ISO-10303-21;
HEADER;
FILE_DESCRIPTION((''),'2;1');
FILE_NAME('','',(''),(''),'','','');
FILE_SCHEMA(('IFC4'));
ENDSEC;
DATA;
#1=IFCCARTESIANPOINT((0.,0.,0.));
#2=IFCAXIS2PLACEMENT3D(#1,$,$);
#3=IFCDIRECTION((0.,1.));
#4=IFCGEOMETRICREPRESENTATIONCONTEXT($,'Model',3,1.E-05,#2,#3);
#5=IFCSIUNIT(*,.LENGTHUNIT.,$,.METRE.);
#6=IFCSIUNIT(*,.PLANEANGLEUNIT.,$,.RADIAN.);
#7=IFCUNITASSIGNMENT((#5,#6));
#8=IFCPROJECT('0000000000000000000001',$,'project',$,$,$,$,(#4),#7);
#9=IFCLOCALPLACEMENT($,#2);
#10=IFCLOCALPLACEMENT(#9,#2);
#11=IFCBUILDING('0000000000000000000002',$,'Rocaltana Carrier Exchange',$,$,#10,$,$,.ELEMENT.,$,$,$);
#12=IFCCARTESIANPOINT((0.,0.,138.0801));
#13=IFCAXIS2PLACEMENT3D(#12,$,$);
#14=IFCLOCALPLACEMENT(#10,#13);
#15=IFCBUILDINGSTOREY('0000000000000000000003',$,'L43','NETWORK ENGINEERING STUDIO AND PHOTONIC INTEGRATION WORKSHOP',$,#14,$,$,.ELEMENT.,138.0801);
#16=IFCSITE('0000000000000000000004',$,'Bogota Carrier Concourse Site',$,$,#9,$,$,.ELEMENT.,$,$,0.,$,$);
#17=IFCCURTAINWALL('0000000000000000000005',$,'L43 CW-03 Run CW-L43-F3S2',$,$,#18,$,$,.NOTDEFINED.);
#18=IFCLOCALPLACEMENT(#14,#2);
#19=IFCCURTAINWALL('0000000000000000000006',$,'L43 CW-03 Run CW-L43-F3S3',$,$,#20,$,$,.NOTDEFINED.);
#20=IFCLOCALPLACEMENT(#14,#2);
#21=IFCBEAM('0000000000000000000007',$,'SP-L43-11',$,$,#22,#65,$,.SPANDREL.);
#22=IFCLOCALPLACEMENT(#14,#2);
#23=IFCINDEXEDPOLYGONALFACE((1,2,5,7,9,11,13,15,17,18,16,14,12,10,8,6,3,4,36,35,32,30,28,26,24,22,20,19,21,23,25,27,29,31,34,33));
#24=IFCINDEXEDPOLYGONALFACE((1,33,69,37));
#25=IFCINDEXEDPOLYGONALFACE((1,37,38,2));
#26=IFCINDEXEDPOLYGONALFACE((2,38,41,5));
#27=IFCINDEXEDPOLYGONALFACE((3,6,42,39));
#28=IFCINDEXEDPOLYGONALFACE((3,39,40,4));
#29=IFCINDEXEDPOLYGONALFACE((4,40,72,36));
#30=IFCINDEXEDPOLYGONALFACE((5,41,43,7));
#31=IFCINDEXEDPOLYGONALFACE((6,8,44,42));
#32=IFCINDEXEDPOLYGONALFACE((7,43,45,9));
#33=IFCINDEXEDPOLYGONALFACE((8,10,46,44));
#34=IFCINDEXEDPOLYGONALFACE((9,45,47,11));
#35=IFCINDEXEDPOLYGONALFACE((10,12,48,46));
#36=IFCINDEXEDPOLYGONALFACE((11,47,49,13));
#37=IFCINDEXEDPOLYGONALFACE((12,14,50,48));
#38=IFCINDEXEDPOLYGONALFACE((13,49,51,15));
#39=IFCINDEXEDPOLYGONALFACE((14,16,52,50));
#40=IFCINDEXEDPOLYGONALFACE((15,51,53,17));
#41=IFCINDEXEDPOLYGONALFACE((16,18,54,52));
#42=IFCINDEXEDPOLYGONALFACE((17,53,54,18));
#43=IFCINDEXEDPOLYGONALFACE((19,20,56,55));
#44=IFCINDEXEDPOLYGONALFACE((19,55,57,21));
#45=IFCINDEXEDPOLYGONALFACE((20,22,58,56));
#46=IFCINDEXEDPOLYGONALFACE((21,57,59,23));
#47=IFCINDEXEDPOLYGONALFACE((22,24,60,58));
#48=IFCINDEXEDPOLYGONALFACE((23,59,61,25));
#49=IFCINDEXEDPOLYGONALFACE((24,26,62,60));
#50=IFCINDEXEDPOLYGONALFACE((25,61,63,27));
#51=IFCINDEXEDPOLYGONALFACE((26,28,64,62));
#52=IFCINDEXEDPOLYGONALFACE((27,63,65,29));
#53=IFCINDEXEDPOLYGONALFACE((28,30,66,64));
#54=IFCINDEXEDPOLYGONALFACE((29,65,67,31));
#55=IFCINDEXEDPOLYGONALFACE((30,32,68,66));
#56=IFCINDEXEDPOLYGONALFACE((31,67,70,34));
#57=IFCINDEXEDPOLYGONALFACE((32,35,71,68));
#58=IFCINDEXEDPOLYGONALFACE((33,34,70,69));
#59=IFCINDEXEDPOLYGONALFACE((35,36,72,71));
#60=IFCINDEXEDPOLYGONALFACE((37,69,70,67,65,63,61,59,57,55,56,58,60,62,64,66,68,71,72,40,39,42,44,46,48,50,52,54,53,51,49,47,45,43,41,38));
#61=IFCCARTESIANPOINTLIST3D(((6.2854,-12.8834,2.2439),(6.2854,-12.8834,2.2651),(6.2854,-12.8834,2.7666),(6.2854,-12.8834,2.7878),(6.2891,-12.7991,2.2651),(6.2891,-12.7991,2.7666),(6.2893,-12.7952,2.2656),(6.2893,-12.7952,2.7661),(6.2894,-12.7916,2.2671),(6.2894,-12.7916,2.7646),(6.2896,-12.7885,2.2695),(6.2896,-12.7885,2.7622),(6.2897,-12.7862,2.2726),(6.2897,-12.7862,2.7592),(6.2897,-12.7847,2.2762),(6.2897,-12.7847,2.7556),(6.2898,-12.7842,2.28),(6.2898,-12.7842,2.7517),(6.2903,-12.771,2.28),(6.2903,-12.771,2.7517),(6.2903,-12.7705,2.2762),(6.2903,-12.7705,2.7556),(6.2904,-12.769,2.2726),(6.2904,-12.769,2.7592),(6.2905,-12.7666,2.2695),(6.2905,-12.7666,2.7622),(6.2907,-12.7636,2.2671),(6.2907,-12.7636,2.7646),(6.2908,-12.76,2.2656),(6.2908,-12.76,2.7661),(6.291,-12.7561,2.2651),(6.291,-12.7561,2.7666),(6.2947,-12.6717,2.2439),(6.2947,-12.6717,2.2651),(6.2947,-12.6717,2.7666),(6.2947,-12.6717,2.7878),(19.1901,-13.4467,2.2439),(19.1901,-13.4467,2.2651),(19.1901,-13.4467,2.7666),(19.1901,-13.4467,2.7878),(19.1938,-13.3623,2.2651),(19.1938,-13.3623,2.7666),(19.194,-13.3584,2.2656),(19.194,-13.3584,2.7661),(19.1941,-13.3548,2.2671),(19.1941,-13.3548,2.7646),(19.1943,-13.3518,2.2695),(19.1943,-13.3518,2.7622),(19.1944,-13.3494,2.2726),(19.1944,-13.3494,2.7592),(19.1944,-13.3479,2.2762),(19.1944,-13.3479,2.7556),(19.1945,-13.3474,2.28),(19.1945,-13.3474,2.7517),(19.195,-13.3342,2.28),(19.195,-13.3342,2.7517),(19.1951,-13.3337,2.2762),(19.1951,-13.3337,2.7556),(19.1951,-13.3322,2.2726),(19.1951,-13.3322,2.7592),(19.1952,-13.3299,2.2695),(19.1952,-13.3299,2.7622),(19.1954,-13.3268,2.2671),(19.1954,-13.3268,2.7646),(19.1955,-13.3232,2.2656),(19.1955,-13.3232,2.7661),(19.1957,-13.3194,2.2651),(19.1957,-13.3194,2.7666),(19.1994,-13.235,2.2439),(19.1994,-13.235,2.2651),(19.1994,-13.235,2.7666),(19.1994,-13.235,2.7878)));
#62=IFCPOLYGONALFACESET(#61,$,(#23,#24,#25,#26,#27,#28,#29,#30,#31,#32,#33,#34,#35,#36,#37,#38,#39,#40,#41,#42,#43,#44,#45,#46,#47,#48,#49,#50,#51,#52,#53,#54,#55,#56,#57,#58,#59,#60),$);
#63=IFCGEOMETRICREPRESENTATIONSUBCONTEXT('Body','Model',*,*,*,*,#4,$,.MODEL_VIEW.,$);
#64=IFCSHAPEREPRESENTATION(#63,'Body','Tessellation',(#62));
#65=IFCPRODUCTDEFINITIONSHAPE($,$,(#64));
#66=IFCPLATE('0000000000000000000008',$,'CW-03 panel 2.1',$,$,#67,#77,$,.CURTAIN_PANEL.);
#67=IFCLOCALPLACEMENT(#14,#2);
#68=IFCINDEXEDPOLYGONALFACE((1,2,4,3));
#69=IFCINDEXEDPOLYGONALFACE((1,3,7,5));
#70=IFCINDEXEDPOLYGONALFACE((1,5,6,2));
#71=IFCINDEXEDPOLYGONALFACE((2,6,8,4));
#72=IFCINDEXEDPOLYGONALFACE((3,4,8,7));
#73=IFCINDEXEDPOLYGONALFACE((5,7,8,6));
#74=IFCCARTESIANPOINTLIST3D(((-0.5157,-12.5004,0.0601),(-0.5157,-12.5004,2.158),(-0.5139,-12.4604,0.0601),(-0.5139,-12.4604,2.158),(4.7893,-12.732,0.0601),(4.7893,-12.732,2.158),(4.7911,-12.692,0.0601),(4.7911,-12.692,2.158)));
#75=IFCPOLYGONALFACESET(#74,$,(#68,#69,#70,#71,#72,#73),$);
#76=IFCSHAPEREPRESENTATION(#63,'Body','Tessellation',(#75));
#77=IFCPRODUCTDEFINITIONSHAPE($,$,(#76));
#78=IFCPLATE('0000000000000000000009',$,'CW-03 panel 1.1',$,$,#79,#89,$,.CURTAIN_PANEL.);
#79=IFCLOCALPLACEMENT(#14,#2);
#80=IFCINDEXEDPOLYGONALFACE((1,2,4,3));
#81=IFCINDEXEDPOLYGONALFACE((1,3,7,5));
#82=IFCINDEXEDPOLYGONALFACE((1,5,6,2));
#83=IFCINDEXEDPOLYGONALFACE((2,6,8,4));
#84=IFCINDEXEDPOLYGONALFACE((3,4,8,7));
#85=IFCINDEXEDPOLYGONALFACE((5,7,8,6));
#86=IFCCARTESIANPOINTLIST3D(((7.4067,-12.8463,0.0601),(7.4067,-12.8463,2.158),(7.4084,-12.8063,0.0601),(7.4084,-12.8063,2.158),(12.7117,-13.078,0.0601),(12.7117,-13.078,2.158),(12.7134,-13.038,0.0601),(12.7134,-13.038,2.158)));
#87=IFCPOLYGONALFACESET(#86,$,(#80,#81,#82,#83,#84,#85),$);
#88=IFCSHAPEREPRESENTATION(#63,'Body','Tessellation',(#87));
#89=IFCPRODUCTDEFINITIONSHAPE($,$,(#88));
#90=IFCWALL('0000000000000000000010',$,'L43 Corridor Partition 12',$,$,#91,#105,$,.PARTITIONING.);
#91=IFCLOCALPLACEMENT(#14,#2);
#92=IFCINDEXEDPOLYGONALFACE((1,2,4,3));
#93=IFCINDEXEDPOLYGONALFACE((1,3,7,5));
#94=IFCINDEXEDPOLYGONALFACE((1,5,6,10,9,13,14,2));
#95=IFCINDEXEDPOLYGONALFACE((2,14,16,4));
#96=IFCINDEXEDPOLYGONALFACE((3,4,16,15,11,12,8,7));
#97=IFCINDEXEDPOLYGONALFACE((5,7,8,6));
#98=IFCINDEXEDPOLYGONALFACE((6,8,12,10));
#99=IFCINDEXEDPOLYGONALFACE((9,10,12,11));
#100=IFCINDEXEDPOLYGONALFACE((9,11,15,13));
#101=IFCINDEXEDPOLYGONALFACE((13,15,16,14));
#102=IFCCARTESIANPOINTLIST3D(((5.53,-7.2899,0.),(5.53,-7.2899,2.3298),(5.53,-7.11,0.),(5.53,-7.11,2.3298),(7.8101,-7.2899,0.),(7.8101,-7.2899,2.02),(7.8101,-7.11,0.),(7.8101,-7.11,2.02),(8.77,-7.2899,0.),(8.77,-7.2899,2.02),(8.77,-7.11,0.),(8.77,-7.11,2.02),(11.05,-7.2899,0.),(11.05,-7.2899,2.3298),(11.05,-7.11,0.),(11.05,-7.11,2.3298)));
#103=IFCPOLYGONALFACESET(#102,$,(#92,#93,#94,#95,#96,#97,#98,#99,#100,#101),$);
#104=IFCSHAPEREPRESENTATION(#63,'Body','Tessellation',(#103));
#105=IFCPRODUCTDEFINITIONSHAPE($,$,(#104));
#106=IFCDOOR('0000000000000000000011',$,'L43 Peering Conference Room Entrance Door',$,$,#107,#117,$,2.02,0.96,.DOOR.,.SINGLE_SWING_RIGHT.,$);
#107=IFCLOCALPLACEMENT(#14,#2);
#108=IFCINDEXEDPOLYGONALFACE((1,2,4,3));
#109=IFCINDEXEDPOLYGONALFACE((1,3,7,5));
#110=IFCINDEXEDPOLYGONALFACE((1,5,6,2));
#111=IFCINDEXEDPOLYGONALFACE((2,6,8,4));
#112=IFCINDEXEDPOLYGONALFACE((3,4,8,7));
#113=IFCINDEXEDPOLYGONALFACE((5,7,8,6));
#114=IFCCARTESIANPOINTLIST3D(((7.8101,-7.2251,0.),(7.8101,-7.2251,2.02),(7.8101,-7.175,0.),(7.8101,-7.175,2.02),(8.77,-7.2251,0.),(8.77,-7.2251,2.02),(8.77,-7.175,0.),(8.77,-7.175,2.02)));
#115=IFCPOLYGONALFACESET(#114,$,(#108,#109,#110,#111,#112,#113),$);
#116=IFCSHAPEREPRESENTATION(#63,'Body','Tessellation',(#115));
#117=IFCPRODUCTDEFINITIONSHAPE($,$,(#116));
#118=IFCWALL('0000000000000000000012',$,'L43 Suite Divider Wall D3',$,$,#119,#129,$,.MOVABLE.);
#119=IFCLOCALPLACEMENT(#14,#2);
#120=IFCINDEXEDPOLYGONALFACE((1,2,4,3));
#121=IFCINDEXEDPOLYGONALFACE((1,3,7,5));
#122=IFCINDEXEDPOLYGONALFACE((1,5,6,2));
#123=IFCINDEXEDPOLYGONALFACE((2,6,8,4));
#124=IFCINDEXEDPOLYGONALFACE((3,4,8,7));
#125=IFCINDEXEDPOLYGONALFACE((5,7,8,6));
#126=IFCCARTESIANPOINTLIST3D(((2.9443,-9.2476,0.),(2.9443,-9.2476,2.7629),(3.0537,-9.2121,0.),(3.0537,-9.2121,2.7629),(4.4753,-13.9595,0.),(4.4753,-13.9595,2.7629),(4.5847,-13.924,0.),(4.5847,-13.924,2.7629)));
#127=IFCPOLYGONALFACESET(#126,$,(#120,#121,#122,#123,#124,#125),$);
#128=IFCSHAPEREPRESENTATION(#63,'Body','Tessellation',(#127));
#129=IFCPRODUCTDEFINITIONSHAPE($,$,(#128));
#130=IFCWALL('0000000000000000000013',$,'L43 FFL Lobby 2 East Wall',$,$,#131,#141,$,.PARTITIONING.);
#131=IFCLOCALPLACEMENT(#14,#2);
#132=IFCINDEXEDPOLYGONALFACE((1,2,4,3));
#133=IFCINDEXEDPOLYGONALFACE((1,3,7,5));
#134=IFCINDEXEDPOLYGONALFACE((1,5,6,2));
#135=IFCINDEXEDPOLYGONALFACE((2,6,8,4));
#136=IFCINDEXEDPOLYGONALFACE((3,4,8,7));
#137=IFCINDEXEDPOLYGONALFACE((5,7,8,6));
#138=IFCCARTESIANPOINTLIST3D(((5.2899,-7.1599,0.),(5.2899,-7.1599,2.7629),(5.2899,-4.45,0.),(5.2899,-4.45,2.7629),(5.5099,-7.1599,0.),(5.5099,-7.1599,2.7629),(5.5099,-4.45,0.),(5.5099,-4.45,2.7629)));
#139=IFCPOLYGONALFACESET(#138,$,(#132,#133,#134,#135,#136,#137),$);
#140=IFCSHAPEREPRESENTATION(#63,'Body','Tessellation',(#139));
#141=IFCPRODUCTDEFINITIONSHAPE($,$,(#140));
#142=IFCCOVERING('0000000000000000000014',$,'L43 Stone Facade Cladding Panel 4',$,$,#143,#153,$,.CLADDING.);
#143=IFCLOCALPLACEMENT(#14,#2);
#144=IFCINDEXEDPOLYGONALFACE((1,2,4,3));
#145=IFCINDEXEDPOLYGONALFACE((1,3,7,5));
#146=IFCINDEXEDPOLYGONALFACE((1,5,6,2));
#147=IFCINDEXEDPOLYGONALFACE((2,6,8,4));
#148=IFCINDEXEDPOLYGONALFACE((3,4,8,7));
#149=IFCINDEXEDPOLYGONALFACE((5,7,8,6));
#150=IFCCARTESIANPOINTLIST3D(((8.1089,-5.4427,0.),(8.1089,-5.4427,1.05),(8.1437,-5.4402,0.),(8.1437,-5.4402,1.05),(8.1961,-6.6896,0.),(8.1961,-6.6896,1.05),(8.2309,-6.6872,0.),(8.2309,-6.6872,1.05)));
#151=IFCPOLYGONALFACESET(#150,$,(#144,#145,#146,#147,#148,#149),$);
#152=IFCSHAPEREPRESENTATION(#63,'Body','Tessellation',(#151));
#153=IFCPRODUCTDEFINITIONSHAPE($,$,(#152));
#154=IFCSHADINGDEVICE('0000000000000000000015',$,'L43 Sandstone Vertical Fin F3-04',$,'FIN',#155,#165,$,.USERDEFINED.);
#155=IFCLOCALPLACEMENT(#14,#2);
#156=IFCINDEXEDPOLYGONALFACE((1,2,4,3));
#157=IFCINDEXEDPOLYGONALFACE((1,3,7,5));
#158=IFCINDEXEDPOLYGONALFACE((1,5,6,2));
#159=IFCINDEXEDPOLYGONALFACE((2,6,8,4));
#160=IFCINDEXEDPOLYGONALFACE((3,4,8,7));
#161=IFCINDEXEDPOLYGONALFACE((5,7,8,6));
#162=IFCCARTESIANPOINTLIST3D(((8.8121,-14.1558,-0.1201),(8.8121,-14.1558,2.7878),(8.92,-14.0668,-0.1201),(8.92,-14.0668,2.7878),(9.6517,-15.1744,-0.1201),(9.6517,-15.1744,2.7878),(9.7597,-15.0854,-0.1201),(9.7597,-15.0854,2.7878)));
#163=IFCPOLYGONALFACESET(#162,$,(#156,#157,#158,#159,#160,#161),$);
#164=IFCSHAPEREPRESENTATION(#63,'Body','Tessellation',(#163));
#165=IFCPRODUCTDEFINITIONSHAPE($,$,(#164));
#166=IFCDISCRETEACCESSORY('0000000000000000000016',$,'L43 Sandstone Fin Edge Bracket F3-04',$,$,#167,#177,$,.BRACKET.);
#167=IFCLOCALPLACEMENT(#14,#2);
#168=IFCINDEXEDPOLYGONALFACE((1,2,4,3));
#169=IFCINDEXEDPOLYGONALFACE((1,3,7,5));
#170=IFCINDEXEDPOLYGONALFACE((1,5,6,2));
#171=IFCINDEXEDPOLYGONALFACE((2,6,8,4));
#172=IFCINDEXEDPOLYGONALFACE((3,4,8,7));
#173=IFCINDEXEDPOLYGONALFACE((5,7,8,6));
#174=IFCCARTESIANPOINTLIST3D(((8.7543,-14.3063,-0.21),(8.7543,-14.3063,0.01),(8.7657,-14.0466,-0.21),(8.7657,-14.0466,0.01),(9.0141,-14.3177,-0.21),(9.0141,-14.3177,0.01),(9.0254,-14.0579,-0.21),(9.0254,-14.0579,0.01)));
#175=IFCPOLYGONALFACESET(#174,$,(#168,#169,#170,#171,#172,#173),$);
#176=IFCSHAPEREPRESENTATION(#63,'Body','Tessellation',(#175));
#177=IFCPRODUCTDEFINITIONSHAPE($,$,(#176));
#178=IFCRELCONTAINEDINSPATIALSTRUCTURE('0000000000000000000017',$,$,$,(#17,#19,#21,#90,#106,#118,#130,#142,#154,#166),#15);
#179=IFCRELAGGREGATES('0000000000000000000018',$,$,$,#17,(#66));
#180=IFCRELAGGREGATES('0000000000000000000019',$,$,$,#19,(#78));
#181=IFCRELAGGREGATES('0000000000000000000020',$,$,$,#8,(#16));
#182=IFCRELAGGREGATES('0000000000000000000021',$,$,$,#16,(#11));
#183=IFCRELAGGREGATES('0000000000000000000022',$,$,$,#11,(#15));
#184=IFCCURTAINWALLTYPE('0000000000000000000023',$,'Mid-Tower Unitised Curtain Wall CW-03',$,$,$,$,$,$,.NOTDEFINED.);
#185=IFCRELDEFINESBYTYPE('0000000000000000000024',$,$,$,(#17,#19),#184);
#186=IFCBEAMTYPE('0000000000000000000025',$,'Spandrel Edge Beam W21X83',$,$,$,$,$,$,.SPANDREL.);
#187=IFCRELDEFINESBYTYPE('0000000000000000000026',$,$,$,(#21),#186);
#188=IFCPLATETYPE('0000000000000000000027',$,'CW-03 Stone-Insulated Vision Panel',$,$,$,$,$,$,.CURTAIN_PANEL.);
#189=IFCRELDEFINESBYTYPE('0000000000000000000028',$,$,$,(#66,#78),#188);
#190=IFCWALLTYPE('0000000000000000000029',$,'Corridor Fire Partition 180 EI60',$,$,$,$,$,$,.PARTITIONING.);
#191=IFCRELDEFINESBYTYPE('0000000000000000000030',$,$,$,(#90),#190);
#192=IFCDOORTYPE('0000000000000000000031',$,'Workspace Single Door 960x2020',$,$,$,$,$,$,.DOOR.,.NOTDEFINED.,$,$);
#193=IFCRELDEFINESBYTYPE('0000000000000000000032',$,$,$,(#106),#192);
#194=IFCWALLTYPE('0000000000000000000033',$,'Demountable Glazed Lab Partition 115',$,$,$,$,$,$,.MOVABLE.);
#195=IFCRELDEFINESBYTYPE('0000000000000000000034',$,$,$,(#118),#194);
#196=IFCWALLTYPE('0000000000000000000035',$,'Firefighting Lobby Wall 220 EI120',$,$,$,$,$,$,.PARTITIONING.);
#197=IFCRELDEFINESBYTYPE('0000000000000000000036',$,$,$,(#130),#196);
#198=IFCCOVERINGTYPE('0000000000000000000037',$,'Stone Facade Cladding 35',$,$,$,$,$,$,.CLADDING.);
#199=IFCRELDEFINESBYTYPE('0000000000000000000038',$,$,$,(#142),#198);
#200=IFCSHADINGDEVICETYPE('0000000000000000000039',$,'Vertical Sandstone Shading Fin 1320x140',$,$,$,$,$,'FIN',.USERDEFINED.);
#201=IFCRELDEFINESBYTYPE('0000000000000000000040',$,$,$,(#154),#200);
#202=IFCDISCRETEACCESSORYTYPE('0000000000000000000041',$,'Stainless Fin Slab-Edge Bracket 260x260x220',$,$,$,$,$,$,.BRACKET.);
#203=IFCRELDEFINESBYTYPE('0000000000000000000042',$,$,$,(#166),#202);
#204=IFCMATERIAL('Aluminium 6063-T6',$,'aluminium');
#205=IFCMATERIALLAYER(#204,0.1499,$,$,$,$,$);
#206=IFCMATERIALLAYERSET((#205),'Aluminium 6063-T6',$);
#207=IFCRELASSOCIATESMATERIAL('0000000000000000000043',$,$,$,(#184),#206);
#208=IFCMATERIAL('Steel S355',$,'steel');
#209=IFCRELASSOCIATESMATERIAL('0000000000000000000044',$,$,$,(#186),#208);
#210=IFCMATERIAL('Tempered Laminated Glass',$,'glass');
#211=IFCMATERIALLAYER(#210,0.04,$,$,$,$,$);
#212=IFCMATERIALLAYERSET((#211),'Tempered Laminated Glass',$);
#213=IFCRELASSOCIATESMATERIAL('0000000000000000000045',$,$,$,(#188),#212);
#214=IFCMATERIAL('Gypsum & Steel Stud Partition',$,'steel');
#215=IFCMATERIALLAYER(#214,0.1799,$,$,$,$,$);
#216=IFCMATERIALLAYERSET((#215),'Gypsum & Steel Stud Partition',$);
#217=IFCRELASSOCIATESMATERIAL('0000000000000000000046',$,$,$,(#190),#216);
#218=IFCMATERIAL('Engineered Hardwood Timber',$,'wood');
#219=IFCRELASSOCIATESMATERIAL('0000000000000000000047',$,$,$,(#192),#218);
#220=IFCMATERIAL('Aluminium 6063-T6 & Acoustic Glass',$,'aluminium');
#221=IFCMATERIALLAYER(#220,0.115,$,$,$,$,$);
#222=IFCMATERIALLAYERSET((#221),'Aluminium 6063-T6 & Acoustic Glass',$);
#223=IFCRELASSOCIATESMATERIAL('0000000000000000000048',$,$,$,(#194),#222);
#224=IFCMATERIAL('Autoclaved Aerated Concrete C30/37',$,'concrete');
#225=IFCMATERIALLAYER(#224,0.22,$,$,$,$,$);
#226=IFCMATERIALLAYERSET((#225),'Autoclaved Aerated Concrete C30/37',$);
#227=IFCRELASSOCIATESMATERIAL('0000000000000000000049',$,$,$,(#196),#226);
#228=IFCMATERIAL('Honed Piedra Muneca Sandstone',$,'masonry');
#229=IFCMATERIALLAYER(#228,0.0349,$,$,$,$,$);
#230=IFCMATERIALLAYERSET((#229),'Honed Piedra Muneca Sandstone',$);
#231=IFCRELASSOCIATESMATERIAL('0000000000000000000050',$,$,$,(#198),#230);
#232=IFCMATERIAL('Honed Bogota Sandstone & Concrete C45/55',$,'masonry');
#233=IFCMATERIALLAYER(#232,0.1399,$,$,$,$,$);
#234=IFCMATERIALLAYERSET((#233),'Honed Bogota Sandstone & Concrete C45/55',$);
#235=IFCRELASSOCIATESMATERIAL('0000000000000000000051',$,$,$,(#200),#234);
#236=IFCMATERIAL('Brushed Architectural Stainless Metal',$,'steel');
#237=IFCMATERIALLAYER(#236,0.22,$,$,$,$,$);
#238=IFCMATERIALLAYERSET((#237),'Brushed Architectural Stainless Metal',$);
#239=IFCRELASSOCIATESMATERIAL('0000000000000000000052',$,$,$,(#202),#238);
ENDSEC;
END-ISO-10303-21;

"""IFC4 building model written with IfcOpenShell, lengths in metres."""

from ifc_helpers import new_model, si_unit, direction, frame, frame_2d, origin, origin_2d, place, context, subcontext, project, spatial, rectangle, i_section, extrude, material, layer, layer_set, material_profile, profile_set, type_object, element, fill, aggregate, save


model = new_model("IFC4")

# Units and contexts
model_context = context("Model", 3, precision=1e-05, world=origin(), true_north=direction((0.0, 1.0)))
body_context = subcontext(model_context, "Body", "Model", "MODEL_VIEW")
ifc_project = project(units=[si_unit("LENGTHUNIT", "METRE"), si_unit("PLANEANGLEUNIT", "RADIAN")], contexts=[model_context])

# Site, building, storey
site_placement = place(None, origin())
site = spatial("IfcSite", under=ifc_project, at=site_placement, Name="Bogota Carrier Concourse Site", CompositionType="ELEMENT", RefElevation=0.0)
building_placement = place(site_placement, origin())
building = spatial("IfcBuilding", under=site, at=building_placement, Name="Rocaltana Carrier Exchange", CompositionType="ELEMENT")
storey_placement = place(building_placement, frame((0.0, 0.0, 138.0801)))
storey = spatial("IfcBuildingStorey", under=building, at=storey_placement, Name="L43", Description="NETWORK ENGINEERING STUDIO AND PHOTONIC INTEGRATION WORKSHOP", CompositionType="ELEMENT", Elevation=138.0801)

# Curtain wall
ifc_material_1 = material(Name="Aluminium 6063-T6", Category="aluminium")
ifc_layer_1 = layer(ifc_material_1, 0.1499)
ifc_layer_set_1 = layer_set([ifc_layer_1], Name="Aluminium 6063-T6")
curtain_wall_type = type_object("IfcCurtainWallType", Name="Mid-Tower Unitised Curtain Wall CW-03", PredefinedType="NOTDEFINED", material=ifc_layer_set_1)
curtain_wall_1_placement = place(storey_placement, origin())
curtain_wall_1 = element("IfcCurtainWall", 1, at=curtain_wall_1_placement, inside=storey, type_object=curtain_wall_type, Name="L43 CW-03 Run CW-L43-F3S2", PredefinedType="NOTDEFINED")

# Curtain wall
curtain_wall_2_placement = place(storey_placement, origin())
curtain_wall_2 = element("IfcCurtainWall", 2, at=curtain_wall_2_placement, inside=storey, type_object=curtain_wall_type, Name="L43 CW-03 Run CW-L43-F3S3", PredefinedType="NOTDEFINED")

# Beam
ifc_material_2 = material(Name="Steel S355", Category="steel")
ifc_material_profile_1 = material_profile(ifc_material_2, i_section(OverallWidth=0.2119, OverallDepth=0.5439, WebThickness=0.0132, FlangeThickness=0.0212, FilletRadius=0.0149, at=origin_2d()), Name="W21X83")
ifc_profile_set_1 = profile_set([ifc_material_profile_1], Name="Steel S355")
beam_type_1 = type_object("IfcBeamType", Name="Spandrel Edge Beam W21X83", PredefinedType="SPANDREL", material=ifc_profile_set_1)
beam_1_placement = place(storey_placement, frame((6.29, -12.7776, 2.5159), z_axis=(0.999049, -0.043604, 0.0), x_axis=(0.043604, 0.999049, 0.0)))
element("IfcBeam", 3, at=beam_1_placement, inside=storey, type_object=beam_type_1, Name="SP-L43-11", PredefinedType="SPANDREL", context=body_context, shape_type="SweptSolid", body=[
    extrude(i_section(OverallWidth=0.2119, OverallDepth=0.5439, WebThickness=0.0132, FlangeThickness=0.0212, FilletRadius=0.0149, at=origin_2d()), origin(), (0.0, 0.0, 1.0), 12.917),
])

# Plates
ifc_material_3 = material(Name="Tempered Laminated Glass", Category="glass")
ifc_layer_2 = layer(ifc_material_3, 0.04)
ifc_layer_set_2 = layer_set([ifc_layer_2], Name="Tempered Laminated Glass")
plate_type = type_object("IfcPlateType", Name="CW-03 Stone-Insulated Vision Panel", PredefinedType="CURTAIN_PANEL", material=ifc_layer_set_2)
plate_1_placement = place(storey_placement, frame((2.1377, -12.5962, 0.0601), z_axis=(0.0, 0.0, 1.0), x_axis=(0.999048, -0.04362, 0.0)))
plate_1 = element("IfcPlate", 4, at=plate_1_placement, type_object=plate_type, Name="CW-03 panel 2.1", PredefinedType="CURTAIN_PANEL", context=body_context, shape_type="SweptSolid", body=[
    extrude(rectangle(XDim=5.3101, YDim=0.04, at=origin_2d()), origin(), (0.0, 0.0, 1.0), 2.0979),
])
aggregate(curtain_wall_1, [plate_1])
plate_2_placement = place(storey_placement, frame((10.0601, -12.9421, 0.0601), z_axis=(0.0, 0.0, 1.0), x_axis=(0.999048, -0.043629, 0.0)))
plate_2 = element("IfcPlate", 5, at=plate_2_placement, type_object=plate_type, Name="CW-03 panel 1.1", PredefinedType="CURTAIN_PANEL", context=body_context, shape_type="SweptSolid", body=[
    extrude(rectangle(XDim=5.3101, YDim=0.04, at=origin_2d()), origin(), (0.0, 0.0, 1.0), 2.0979),
])
aggregate(curtain_wall_2, [plate_2])

# Wall, opening, door
ifc_material_4 = material(Name="Gypsum & Steel Stud Partition", Category="steel")
ifc_layer_3 = layer(ifc_material_4, 0.1799)
ifc_layer_set_3 = layer_set([ifc_layer_3], Name="Gypsum & Steel Stud Partition")
wall_type_1 = type_object("IfcWallType", Name="Corridor Fire Partition 180 EI60", PredefinedType="PARTITIONING", material=ifc_layer_set_3)
wall_1_placement = place(storey_placement, frame((5.53, -7.2, 0.0), z_axis=(0.0, 0.0, 1.0), x_axis=(1.0, 0.0, 0.0)))
wall_1 = element("IfcWall", 6, at=wall_1_placement, inside=storey, type_object=wall_type_1, Name="L43 Corridor Partition 12", PredefinedType="PARTITIONING", context=body_context, shape_type="SweptSolid", body=[
    extrude(rectangle(XDim=5.52, YDim=0.1799, at=frame_2d((2.76, 0.0))), origin(), (0.0, 0.0, 1.0), 2.3298),
])
opening_placement = place(wall_1_placement, frame((2.28, 0.0, 0.0)))
opening = element("IfcOpeningElement", 7, at=opening_placement, cuts=wall_1, PredefinedType="OPENING", context=body_context, shape_type="SweptSolid", body=[
    extrude(rectangle(XDim=0.96, YDim=2.02, at=frame_2d((0.48, 1.01))), frame((0.0, 0.0999, 0.0), z_axis=(0.0, -1.0, 0.0), x_axis=(1.0, 0.0, 0.0)), (0.0, 0.0, 1.0), 0.2),
])
ifc_material_5 = material(Name="Engineered Hardwood Timber", Category="wood")
door_type = type_object("IfcDoorType", Name="Workspace Single Door 960x2020", OperationType="NOTDEFINED", PredefinedType="DOOR", material=ifc_material_5)
door_placement = place(opening_placement, origin())
door = element("IfcDoor", 8, at=door_placement, inside=storey, type_object=door_type, Name="L43 Peering Conference Room Entrance Door", OperationType="SINGLE_SWING_RIGHT", OverallHeight=2.02, OverallWidth=0.96, PredefinedType="DOOR", context=body_context, shape_type="SweptSolid", body=[
    extrude(rectangle(XDim=0.96, YDim=2.02, at=frame_2d((0.48, 1.01))), frame((0.0, 0.0249, 0.0), z_axis=(0.0, -1.0, 0.0), x_axis=(1.0, 0.0, 0.0)), (0.0, 0.0, 1.0), 0.05),
])
fill(opening, door)

# Walls
ifc_material_6 = material(Name="Aluminium 6063-T6 & Acoustic Glass", Category="aluminium")
ifc_layer_4 = layer(ifc_material_6, 0.115)
ifc_layer_set_4 = layer_set([ifc_layer_4], Name="Aluminium 6063-T6 & Acoustic Glass")
wall_type_2 = type_object("IfcWallType", Name="Demountable Glazed Lab Partition 115", PredefinedType="MOVABLE", material=ifc_layer_set_4)
wall_2_placement = place(storey_placement, frame((2.999, -9.23, 0.0), z_axis=(0.0, 0.0, 1.0), x_axis=(0.309019, -0.951056, 0.0)))
element("IfcWall", 9, at=wall_2_placement, inside=storey, type_object=wall_type_2, Name="L43 Suite Divider Wall D3", PredefinedType="MOVABLE", context=body_context, shape_type="SweptSolid", body=[
    extrude(rectangle(XDim=4.9543, YDim=0.115, at=frame_2d((2.4771, 0.0))), origin(), (0.0, 0.0, 1.0), 2.7629),
])
ifc_material_7 = material(Name="Autoclaved Aerated Concrete C30/37", Category="concrete")
ifc_layer_5 = layer(ifc_material_7, 0.22)
ifc_layer_set_5 = layer_set([ifc_layer_5], Name="Autoclaved Aerated Concrete C30/37")
wall_type_3 = type_object("IfcWallType", Name="Firefighting Lobby Wall 220 EI120", PredefinedType="PARTITIONING", material=ifc_layer_set_5)
wall_3_placement = place(storey_placement, frame((5.3999, -7.1599, 0.0), z_axis=(0.0, 0.0, 1.0), x_axis=(0.0, 1.0, 0.0)))
element("IfcWall", 10, at=wall_3_placement, inside=storey, type_object=wall_type_3, Name="L43 FFL Lobby 2 East Wall", PredefinedType="PARTITIONING", context=body_context, shape_type="SweptSolid", body=[
    extrude(rectangle(XDim=2.71, YDim=0.22, at=frame_2d((1.355, 0.0))), origin(), (0.0, 0.0, 1.0), 2.7629),
])

# Covering
ifc_material_8 = material(Name="Honed Piedra Muneca Sandstone", Category="masonry")
ifc_layer_6 = layer(ifc_material_8, 0.0349)
ifc_layer_set_6 = layer_set([ifc_layer_6], Name="Honed Piedra Muneca Sandstone")
covering_type = type_object("IfcCoveringType", Name="Stone Facade Cladding 35", PredefinedType="CLADDING", material=ifc_layer_set_6)
covering_placement = place(storey_placement, frame((8.1699, -6.0649, 0.0), z_axis=(0.0, 0.0, 1.0), x_axis=(-0.069756, 0.997564, 0.0)))
element("IfcCovering", 11, at=covering_placement, inside=storey, type_object=covering_type, Name="L43 Stone Facade Cladding Panel 4", PredefinedType="CLADDING", context=body_context, shape_type="SweptSolid", body=[
    extrude(rectangle(XDim=1.25, YDim=0.0349, at=origin_2d()), origin(), (0.0, 0.0, 1.0), 1.05),
])

# Shading device
ifc_material_9 = material(Name="Honed Bogota Sandstone & Concrete C45/55", Category="masonry")
ifc_layer_7 = layer(ifc_material_9, 0.1399)
ifc_layer_set_7 = layer_set([ifc_layer_7], Name="Honed Bogota Sandstone & Concrete C45/55")
shading_device_type = type_object("IfcShadingDeviceType", Name="Vertical Sandstone Shading Fin 1320x140", ElementType="FIN", PredefinedType="USERDEFINED", material=ifc_layer_set_7)
shading_device_placement = place(storey_placement, frame((9.2859, -14.6206, -0.1201), z_axis=(0.0, 0.0, 1.0), x_axis=(0.636078, -0.771625, 0.0)))
element("IfcShadingDevice", 12, at=shading_device_placement, inside=storey, type_object=shading_device_type, Name="L43 Sandstone Vertical Fin F3-04", ObjectType="FIN", PredefinedType="USERDEFINED", context=body_context, shape_type="SweptSolid", body=[
    extrude(rectangle(XDim=1.3201, YDim=0.1399, at=origin_2d()), origin(), (0.0, 0.0, 1.0), 2.908),
])

# Discrete accessory
ifc_material_10 = material(Name="Brushed Architectural Stainless Metal", Category="steel")
ifc_layer_8 = layer(ifc_material_10, 0.22)
ifc_layer_set_8 = layer_set([ifc_layer_8], Name="Brushed Architectural Stainless Metal")
discrete_accessory_type = type_object("IfcDiscreteAccessoryType", Name="Stainless Fin Slab-Edge Bracket 260x260x220", PredefinedType="BRACKET", material=ifc_layer_set_8)
discrete_accessory_placement = place(storey_placement, frame((8.8899, -14.1821, -0.21), z_axis=(0.0, 0.0, 1.0), x_axis=(0.999048, -0.043619, 0.0)))
element("IfcDiscreteAccessory", 13, at=discrete_accessory_placement, inside=storey, type_object=discrete_accessory_type, Name="L43 Sandstone Fin Edge Bracket F3-04", PredefinedType="BRACKET", context=body_context, shape_type="SweptSolid", body=[
    extrude(rectangle(XDim=0.26, YDim=0.26, at=origin_2d()), origin(), (0.0, 0.0, 1.0), 0.22),
])

save(model, "model.ifc")
